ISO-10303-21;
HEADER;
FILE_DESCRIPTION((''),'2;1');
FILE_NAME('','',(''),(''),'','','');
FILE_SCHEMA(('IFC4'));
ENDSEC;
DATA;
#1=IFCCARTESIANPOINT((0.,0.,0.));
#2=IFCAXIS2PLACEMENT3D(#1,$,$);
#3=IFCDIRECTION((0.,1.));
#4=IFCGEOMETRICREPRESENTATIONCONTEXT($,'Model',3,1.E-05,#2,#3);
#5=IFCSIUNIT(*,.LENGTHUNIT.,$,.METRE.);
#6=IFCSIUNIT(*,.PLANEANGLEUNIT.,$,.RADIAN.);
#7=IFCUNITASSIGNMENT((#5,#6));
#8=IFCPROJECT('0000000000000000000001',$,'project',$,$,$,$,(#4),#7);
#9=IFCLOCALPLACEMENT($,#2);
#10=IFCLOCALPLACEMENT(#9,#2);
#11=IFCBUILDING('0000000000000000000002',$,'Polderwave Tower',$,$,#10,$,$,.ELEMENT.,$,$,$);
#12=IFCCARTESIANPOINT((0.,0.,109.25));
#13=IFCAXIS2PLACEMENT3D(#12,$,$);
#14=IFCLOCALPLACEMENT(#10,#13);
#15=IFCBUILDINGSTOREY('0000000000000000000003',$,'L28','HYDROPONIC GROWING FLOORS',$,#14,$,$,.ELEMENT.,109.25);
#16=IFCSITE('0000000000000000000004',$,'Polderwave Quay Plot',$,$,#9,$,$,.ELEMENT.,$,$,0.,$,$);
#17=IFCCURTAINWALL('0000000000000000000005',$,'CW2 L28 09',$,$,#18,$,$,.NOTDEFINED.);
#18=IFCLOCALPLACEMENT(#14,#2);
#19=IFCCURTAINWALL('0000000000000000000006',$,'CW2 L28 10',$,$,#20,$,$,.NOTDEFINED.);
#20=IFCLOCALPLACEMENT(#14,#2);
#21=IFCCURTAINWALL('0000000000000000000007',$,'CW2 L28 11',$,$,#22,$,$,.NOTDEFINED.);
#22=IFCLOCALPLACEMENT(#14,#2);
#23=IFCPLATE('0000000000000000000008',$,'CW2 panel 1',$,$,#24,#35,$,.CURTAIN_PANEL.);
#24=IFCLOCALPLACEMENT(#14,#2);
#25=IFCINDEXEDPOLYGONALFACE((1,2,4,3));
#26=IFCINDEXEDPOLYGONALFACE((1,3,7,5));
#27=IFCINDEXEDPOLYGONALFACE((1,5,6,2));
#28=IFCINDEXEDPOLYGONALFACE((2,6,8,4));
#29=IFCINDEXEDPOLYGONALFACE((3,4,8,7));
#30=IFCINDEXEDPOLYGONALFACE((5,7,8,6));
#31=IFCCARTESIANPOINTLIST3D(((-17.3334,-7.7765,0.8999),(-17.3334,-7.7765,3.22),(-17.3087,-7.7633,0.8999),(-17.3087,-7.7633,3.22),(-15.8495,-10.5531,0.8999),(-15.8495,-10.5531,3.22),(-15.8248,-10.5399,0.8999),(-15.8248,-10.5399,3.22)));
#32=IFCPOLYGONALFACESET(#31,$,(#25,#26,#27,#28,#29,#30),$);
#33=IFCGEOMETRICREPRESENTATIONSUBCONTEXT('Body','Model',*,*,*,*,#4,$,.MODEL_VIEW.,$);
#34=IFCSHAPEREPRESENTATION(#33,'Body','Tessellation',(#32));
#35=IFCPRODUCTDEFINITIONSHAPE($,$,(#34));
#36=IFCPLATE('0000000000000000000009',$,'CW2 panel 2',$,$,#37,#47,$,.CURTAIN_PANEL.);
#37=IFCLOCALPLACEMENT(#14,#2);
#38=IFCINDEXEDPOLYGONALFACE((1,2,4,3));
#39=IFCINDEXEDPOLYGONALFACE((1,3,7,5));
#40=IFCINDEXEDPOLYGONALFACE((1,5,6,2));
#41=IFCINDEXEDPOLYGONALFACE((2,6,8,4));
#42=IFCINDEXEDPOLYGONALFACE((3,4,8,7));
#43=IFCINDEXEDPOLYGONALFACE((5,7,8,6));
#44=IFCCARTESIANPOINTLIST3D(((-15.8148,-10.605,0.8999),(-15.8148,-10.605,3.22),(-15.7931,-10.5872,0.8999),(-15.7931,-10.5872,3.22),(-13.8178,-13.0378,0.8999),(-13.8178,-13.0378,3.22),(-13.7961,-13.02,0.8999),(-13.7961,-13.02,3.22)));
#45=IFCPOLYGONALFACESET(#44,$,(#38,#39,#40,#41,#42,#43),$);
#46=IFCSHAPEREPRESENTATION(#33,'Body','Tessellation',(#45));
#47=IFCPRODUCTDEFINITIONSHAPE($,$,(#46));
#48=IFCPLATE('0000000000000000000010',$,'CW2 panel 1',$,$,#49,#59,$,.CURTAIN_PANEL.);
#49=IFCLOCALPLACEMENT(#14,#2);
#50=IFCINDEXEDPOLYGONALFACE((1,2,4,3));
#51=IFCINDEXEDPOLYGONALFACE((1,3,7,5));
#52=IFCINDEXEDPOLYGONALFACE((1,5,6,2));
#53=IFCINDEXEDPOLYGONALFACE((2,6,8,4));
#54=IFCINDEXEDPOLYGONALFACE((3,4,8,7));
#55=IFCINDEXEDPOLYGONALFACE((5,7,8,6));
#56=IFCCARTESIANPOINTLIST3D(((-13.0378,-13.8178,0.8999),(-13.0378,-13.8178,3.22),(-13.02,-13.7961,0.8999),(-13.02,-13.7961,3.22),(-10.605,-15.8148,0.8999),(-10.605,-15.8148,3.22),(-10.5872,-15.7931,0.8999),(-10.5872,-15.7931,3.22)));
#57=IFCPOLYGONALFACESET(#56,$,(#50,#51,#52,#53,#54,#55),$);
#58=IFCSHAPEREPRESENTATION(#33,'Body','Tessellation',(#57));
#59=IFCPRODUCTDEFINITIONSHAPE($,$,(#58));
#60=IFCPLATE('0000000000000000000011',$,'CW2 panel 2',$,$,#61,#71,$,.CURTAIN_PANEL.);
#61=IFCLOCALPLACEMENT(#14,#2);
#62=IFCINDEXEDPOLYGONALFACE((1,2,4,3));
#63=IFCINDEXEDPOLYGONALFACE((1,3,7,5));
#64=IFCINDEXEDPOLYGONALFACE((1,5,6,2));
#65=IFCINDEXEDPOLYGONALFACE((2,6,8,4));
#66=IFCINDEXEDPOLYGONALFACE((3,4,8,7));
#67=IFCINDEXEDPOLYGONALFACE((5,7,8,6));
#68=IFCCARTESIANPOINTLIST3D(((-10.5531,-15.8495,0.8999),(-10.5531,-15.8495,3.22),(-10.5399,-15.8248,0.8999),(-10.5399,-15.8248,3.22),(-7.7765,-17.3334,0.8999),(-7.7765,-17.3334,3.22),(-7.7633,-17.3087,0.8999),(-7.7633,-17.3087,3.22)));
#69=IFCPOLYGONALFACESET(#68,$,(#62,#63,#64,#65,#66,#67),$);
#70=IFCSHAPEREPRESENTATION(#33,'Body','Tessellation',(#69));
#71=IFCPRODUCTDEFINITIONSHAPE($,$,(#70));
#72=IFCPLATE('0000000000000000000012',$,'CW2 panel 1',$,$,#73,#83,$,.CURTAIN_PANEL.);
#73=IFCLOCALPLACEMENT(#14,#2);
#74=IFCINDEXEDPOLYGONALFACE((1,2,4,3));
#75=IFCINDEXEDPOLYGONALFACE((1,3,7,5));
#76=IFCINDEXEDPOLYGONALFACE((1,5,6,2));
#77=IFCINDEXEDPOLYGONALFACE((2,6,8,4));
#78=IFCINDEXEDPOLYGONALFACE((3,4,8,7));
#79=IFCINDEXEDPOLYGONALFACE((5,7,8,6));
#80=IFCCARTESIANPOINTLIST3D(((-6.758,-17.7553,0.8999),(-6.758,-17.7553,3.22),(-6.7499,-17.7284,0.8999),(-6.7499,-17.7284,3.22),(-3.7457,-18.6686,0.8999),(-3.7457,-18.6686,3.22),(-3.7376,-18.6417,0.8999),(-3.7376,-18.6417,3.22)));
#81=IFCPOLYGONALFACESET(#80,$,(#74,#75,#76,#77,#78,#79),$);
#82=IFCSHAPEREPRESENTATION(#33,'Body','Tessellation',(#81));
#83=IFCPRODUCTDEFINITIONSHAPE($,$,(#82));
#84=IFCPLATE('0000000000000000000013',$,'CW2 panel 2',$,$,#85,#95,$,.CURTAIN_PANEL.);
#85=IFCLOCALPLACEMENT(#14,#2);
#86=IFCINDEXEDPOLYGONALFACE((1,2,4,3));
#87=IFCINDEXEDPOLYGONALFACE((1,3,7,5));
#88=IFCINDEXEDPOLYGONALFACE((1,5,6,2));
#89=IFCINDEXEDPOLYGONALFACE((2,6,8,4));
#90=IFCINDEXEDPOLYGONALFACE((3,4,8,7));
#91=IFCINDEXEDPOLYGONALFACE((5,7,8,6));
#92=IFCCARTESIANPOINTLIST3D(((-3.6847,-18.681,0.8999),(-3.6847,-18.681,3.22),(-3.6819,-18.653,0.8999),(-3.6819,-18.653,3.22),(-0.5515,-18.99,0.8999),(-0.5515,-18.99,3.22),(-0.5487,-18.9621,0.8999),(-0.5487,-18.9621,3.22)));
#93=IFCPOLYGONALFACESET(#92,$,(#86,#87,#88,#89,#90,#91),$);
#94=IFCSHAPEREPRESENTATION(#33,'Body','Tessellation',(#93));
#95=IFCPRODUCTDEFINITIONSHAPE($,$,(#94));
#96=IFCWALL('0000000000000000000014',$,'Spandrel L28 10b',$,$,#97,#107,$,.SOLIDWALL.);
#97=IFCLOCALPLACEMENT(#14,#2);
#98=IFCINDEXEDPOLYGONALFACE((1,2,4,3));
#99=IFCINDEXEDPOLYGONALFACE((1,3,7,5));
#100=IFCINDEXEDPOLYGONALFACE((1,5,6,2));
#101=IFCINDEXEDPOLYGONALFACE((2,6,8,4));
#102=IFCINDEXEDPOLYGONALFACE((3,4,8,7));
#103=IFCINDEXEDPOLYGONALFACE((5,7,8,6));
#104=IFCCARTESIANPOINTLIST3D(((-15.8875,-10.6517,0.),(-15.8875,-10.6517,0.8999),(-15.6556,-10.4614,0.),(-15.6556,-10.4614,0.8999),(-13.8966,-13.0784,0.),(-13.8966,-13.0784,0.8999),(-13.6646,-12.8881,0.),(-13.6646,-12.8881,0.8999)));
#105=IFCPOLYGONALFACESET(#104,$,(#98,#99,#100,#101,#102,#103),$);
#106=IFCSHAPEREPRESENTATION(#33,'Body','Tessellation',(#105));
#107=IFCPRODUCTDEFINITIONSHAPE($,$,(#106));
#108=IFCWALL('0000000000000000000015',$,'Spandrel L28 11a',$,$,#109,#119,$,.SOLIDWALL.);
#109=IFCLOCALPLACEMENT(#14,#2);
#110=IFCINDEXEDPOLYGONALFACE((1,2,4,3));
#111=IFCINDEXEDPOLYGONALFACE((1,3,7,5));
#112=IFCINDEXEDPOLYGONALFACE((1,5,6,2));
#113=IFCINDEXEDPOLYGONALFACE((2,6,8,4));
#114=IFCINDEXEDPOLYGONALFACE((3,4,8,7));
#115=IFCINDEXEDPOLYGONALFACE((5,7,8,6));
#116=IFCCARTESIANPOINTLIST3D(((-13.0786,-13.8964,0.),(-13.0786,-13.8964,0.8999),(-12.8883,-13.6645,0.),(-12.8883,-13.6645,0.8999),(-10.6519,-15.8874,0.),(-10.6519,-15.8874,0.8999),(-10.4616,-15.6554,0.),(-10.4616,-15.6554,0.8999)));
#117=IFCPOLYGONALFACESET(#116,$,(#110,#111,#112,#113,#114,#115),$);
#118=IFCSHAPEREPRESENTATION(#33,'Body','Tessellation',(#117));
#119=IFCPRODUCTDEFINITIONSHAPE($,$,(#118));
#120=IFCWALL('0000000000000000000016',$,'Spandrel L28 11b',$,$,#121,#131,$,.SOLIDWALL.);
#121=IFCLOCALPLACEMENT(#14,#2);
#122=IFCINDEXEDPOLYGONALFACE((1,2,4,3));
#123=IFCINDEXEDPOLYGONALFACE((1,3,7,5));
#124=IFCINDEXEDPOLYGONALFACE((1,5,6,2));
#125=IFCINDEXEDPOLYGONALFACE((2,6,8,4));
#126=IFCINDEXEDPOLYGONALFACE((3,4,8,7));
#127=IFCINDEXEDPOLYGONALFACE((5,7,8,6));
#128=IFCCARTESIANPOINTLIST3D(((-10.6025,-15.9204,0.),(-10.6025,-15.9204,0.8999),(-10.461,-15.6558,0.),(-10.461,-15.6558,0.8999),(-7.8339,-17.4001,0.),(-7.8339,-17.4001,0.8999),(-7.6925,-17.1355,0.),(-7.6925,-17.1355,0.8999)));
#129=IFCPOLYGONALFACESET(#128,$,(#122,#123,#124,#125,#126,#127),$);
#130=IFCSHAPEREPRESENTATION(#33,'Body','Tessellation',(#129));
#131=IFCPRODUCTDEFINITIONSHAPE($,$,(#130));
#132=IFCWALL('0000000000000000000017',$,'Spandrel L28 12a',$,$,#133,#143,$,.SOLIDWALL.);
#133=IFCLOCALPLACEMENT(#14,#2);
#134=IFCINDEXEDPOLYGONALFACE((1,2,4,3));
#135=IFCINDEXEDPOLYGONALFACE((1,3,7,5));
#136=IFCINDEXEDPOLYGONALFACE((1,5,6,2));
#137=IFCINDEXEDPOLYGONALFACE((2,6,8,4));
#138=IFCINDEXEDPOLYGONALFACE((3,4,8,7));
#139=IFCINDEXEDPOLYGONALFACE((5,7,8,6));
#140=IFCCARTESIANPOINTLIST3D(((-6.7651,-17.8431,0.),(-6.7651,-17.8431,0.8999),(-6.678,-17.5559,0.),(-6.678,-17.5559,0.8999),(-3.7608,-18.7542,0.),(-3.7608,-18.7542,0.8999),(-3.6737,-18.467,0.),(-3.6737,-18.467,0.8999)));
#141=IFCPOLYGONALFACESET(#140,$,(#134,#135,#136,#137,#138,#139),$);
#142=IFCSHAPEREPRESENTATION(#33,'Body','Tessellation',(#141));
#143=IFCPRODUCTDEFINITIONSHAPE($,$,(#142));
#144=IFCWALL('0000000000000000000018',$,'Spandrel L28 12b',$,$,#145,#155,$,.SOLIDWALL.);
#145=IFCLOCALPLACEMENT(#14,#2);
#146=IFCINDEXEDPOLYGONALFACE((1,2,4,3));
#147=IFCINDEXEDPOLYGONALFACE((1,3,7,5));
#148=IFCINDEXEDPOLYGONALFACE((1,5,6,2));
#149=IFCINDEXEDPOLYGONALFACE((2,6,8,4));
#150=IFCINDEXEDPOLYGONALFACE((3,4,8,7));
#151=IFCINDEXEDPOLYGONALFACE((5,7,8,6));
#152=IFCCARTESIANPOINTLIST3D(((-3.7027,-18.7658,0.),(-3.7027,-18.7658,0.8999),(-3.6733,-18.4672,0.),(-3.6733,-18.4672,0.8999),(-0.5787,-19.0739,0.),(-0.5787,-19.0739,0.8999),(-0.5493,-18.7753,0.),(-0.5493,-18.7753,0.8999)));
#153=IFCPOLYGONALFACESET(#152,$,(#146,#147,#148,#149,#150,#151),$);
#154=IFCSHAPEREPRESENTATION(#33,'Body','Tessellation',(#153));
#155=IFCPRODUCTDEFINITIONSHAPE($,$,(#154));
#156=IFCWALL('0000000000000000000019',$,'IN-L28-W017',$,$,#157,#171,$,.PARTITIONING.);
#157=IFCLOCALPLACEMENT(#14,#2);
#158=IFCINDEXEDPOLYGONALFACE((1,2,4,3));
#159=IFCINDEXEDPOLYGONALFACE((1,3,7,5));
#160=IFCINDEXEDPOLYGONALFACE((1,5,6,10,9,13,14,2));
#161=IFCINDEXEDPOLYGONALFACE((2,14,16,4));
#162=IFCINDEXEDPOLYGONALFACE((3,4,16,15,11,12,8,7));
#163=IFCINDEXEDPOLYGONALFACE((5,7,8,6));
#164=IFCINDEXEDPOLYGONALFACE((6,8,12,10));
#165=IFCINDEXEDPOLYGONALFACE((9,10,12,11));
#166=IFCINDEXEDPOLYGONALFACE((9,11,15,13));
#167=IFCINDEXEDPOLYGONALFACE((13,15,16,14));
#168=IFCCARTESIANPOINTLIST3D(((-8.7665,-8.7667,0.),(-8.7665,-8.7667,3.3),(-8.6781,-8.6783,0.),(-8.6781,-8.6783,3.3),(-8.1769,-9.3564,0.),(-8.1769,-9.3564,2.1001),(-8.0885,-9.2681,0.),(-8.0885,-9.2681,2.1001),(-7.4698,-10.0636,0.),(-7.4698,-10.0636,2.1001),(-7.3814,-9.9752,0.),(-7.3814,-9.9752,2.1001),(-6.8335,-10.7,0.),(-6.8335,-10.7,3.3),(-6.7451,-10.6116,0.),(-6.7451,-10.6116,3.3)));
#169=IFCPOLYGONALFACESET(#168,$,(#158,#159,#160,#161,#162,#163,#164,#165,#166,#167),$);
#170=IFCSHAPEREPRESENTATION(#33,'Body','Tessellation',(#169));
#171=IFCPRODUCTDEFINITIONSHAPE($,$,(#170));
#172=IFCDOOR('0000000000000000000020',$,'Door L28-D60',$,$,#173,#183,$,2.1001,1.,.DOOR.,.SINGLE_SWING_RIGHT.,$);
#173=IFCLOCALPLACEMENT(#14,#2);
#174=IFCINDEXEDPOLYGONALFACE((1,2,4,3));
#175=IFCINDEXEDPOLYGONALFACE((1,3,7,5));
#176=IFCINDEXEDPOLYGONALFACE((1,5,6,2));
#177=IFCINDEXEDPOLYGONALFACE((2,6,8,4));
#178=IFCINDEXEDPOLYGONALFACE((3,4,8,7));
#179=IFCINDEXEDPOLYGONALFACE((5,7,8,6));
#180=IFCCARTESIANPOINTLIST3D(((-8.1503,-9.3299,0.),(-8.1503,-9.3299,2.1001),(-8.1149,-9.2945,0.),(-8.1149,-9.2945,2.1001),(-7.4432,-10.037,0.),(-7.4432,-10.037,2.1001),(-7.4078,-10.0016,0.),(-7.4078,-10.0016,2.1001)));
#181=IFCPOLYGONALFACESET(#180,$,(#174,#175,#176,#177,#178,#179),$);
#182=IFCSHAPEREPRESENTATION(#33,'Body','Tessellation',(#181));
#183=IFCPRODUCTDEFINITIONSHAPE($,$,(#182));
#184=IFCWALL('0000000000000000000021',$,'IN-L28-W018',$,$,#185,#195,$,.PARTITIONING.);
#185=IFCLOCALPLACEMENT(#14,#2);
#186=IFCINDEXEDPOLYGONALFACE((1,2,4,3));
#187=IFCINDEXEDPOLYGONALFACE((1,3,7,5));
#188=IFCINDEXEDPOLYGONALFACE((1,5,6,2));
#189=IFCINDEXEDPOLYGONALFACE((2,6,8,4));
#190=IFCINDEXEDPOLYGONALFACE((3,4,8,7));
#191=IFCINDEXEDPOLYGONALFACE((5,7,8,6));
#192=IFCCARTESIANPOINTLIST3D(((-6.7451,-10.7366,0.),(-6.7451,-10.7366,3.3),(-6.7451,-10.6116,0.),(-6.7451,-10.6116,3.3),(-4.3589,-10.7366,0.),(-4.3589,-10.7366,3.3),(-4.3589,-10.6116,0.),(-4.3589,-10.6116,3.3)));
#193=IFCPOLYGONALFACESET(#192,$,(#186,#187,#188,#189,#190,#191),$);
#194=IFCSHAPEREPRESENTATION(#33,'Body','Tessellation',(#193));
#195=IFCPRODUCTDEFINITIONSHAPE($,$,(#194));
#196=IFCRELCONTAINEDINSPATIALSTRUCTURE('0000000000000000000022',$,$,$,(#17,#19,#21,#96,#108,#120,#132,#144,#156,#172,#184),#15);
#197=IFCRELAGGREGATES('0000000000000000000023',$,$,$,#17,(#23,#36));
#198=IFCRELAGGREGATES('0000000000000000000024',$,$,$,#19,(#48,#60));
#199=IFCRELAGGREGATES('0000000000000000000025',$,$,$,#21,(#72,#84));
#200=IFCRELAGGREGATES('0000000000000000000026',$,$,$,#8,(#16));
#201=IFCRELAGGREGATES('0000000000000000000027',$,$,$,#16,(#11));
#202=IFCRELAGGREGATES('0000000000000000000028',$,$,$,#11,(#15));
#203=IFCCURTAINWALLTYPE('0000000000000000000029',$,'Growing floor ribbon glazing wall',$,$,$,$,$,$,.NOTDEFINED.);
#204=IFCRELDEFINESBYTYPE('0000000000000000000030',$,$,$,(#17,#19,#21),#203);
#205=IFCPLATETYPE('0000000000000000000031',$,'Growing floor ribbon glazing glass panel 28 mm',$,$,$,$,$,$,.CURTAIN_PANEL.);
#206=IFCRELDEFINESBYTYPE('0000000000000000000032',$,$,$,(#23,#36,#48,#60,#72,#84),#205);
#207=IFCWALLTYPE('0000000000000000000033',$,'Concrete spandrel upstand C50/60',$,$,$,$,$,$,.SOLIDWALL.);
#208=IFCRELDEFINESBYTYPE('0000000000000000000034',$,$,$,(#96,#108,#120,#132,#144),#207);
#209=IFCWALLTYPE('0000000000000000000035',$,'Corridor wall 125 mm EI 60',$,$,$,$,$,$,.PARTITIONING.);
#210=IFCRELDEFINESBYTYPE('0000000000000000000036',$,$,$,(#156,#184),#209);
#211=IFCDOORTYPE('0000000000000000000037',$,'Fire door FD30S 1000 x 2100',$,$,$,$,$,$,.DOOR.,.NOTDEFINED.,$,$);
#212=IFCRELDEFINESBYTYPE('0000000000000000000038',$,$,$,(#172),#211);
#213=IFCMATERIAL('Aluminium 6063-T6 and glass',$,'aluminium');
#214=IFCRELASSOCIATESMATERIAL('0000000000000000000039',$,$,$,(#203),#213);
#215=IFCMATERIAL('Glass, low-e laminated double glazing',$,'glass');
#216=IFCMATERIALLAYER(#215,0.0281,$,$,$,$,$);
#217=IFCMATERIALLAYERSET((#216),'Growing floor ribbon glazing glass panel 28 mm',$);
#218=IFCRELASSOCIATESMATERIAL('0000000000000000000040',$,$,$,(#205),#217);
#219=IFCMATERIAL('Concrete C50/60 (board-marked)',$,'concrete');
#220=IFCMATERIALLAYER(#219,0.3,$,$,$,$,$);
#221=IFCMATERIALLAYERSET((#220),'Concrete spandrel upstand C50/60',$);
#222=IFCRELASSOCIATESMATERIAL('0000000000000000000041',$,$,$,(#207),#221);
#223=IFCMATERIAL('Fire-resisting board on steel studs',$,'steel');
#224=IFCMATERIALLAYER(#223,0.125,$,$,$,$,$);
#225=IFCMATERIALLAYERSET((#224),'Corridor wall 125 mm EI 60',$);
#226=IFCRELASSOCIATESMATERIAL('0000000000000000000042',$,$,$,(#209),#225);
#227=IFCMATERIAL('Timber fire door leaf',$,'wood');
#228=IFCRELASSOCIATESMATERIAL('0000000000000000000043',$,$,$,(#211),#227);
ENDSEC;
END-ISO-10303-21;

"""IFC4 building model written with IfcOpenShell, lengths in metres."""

from ifc_helpers import new_model, si_unit, direction, frame, frame_2d, origin, origin_2d, place, context, subcontext, project, spatial, rectangle, extrude, material, layer, layer_set, type_object, element, fill, aggregate, save


model = new_model("IFC4")

# Units and contexts
model_context = context("Model", 3, precision=1e-05, world=origin(), true_north=direction((0.0, 1.0)))
body_context = subcontext(model_context, "Body", "Model", "MODEL_VIEW")
ifc_project = project(units=[si_unit("LENGTHUNIT", "METRE"), si_unit("PLANEANGLEUNIT", "RADIAN")], contexts=[model_context])

# Site, building, storey
site_placement = place(None, origin())
site = spatial("IfcSite", under=ifc_project, at=site_placement, Name="Polderwave Quay Plot", CompositionType="ELEMENT", RefElevation=0.0)
building_placement = place(site_placement, origin())
building = spatial("IfcBuilding", under=site, at=building_placement, Name="Polderwave Tower", CompositionType="ELEMENT")
storey_placement = place(building_placement, frame((0.0, 0.0, 109.25)))
storey = spatial("IfcBuildingStorey", under=building, at=storey_placement, Name="L28", Description="HYDROPONIC GROWING FLOORS", CompositionType="ELEMENT", Elevation=109.25)

# Curtain walls
ifc_material_1 = material(Name="Aluminium 6063-T6 and glass", Category="aluminium")
curtain_wall_type = type_object("IfcCurtainWallType", Name="Growing floor ribbon glazing wall", PredefinedType="NOTDEFINED", material=ifc_material_1)
curtain_wall_1_placement = place(storey_placement, origin())
curtain_wall_1 = element("IfcCurtainWall", 1, at=curtain_wall_1_placement, inside=storey, type_object=curtain_wall_type, Name="CW2 L28 09", PredefinedType="NOTDEFINED")
curtain_wall_2_placement = place(storey_placement, origin())
curtain_wall_2 = element("IfcCurtainWall", 2, at=curtain_wall_2_placement, inside=storey, type_object=curtain_wall_type, Name="CW2 L28 10", PredefinedType="NOTDEFINED")
curtain_wall_3_placement = place(storey_placement, origin())
curtain_wall_3 = element("IfcCurtainWall", 3, at=curtain_wall_3_placement, inside=storey, type_object=curtain_wall_type, Name="CW2 L28 11", PredefinedType="NOTDEFINED")

# Plates
ifc_material_2 = material(Name="Glass, low-e laminated double glazing", Category="glass")
ifc_layer_1 = layer(ifc_material_2, 0.0281)
ifc_layer_set_1 = layer_set([ifc_layer_1], Name="Growing floor ribbon glazing glass panel 28 mm")
plate_type = type_object("IfcPlateType", Name="Growing floor ribbon glazing glass panel 28 mm", PredefinedType="CURTAIN_PANEL", material=ifc_layer_set_1)
plate_1_placement = place(storey_placement, frame((-16.5791, -9.1582, 0.8999), z_axis=(0.0, 0.0, 1.0), x_axis=(0.47134, -0.881952, 0.0)))
plate_1 = element("IfcPlate", 4, at=plate_1_placement, type_object=plate_type, Name="CW2 panel 1", PredefinedType="CURTAIN_PANEL", context=body_context, shape_type="SweptSolid", body=[
    extrude(rectangle(XDim=3.1482, YDim=0.0281, at=origin_2d()), origin(), (0.0, 0.0, 1.0), 2.3201),
])
plate_2_placement = place(storey_placement, frame((-14.8054, -11.8125, 0.8999), z_axis=(0.0, 0.0, 1.0), x_axis=(0.634472, -0.772946, 0.0)))
plate_2 = element("IfcPlate", 5, at=plate_2_placement, type_object=plate_type, Name="CW2 panel 2", PredefinedType="CURTAIN_PANEL", context=body_context, shape_type="SweptSolid", body=[
    extrude(rectangle(XDim=3.1475, YDim=0.0281, at=origin_2d()), origin(), (0.0, 0.0, 1.0), 2.3201),
])
aggregate(curtain_wall_1, [plate_1, plate_2])
plate_3_placement = place(storey_placement, frame((-11.8125, -14.8054, 0.8999), z_axis=(0.0, 0.0, 1.0), x_axis=(0.772946, -0.634472, 0.0)))
plate_3 = element("IfcPlate", 6, at=plate_3_placement, type_object=plate_type, Name="CW2 panel 1", PredefinedType="CURTAIN_PANEL", context=body_context, shape_type="SweptSolid", body=[
    extrude(rectangle(XDim=3.1475, YDim=0.0281, at=origin_2d()), origin(), (0.0, 0.0, 1.0), 2.3201),
])
plate_4_placement = place(storey_placement, frame((-9.1582, -16.5791, 0.8999), z_axis=(0.0, 0.0, 1.0), x_axis=(0.881952, -0.47134, 0.0)))
plate_4 = element("IfcPlate", 7, at=plate_4_placement, type_object=plate_type, Name="CW2 panel 2", PredefinedType="CURTAIN_PANEL", context=body_context, shape_type="SweptSolid", body=[
    extrude(rectangle(XDim=3.1482, YDim=0.0281, at=origin_2d()), origin(), (0.0, 0.0, 1.0), 2.3201),
])
aggregate(curtain_wall_2, [plate_3, plate_4])
plate_5_placement = place(storey_placement, frame((-5.2478, -18.1985, 0.8999), z_axis=(0.0, 0.0, 1.0), x_axis=(0.956982, -0.290148, 0.0)))
plate_5 = element("IfcPlate", 8, at=plate_5_placement, type_object=plate_type, Name="CW2 panel 1", PredefinedType="CURTAIN_PANEL", context=body_context, shape_type="SweptSolid", body=[
    extrude(rectangle(XDim=3.1477, YDim=0.0281, at=origin_2d()), origin(), (0.0, 0.0, 1.0), 2.3201),
])
plate_6_placement = place(storey_placement, frame((-2.1167, -18.8215, 0.8999), z_axis=(0.0, 0.0, 1.0), x_axis=(0.99517, -0.098165, 0.0)))
plate_6 = element("IfcPlate", 9, at=plate_6_placement, type_object=plate_type, Name="CW2 panel 2", PredefinedType="CURTAIN_PANEL", context=body_context, shape_type="SweptSolid", body=[
    extrude(rectangle(XDim=3.1484, YDim=0.0281, at=origin_2d()), origin(), (0.0, 0.0, 1.0), 2.3201),
])
aggregate(curtain_wall_3, [plate_5, plate_6])

# Walls
ifc_material_3 = material(Name="Concrete C50/60 (board-marked)", Category="concrete")
ifc_layer_2 = layer(ifc_material_3, 0.3)
ifc_layer_set_2 = layer_set([ifc_layer_2], Name="Concrete spandrel upstand C50/60")
wall_type_1 = type_object("IfcWallType", Name="Concrete spandrel upstand C50/60", PredefinedType="SOLIDWALL", material=ifc_layer_set_2)
for number, where, z_axis, x_axis, name in (
    (10, (-15.7715, -10.5566, 0.0), (0.0, 0.0, 1.0), (0.634275, -0.773108, 0.0), "Spandrel L28 10b"),
    (11, (-12.9834, -13.7805, 0.0), (0.0, 0.0, 1.0), (0.773108, -0.634275, 0.0), "Spandrel L28 11a"),
):
    element("IfcWall", number, at=place(storey_placement, frame(where, z_axis=z_axis, x_axis=x_axis)), inside=storey, type_object=wall_type_1, Name=name, PredefinedType="SOLIDWALL", context=body_context, shape_type="SweptSolid", body=[
        extrude(rectangle(XDim=3.1389, YDim=0.3, at=frame_2d((1.5693, 0.0))), origin(), (0.0, 0.0, 1.0), 0.8999),
    ])
wall_1_placement = place(storey_placement, frame((-10.5317, -15.7881, 0.0), z_axis=(0.0, 0.0, 1.0), x_axis=(0.881933, -0.471375, 0.0)))
element("IfcWall", 12, at=wall_1_placement, inside=storey, type_object=wall_type_1, Name="Spandrel L28 11b", PredefinedType="SOLIDWALL", context=body_context, shape_type="SweptSolid", body=[
    extrude(rectangle(XDim=3.1392, YDim=0.3, at=frame_2d((1.5696, 0.0))), origin(), (0.0, 0.0, 1.0), 0.8999),
])
wall_2_placement = place(storey_placement, frame((-6.7217, -17.6995, 0.0), z_axis=(0.0, 0.0, 1.0), x_axis=(0.956962, -0.290215, 0.0)))
element("IfcWall", 13, at=wall_2_placement, inside=storey, type_object=wall_type_1, Name="Spandrel L28 12a", PredefinedType="SOLIDWALL", context=body_context, shape_type="SweptSolid", body=[
    extrude(rectangle(XDim=3.1394, YDim=0.3, at=frame_2d((1.5698, 0.0))), origin(), (0.0, 0.0, 1.0), 0.8999),
])
wall_3_placement = place(storey_placement, frame((-3.688, -18.6165, 0.0), z_axis=(0.0, 0.0, 1.0), x_axis=(0.995172, -0.098148, 0.0)))
element("IfcWall", 14, at=wall_3_placement, inside=storey, type_object=wall_type_1, Name="Spandrel L28 12b", PredefinedType="SOLIDWALL", context=body_context, shape_type="SweptSolid", body=[
    extrude(rectangle(XDim=3.1392, YDim=0.3, at=frame_2d((1.5696, 0.0))), origin(), (0.0, 0.0, 1.0), 0.8999),
])

# Wall, opening, door
ifc_material_4 = material(Name="Fire-resisting board on steel studs", Category="steel")
ifc_layer_3 = layer(ifc_material_4, 0.125)
ifc_layer_set_3 = layer_set([ifc_layer_3], Name="Corridor wall 125 mm EI 60")
wall_type_2 = type_object("IfcWallType", Name="Corridor wall 125 mm EI 60", PredefinedType="PARTITIONING", material=ifc_layer_set_3)
wall_4_placement = place(storey_placement, frame((-6.7893, -10.6558, 0.0), z_axis=(0.0, 0.0, 1.0), x_axis=(-0.707062, 0.707151, 0.0)))
wall_4 = element("IfcWall", 15, at=wall_4_placement, inside=storey, type_object=wall_type_2, Name="IN-L28-W017", PredefinedType="PARTITIONING", context=body_context, shape_type="SweptSolid", body=[
    extrude(rectangle(XDim=2.7339, YDim=0.125, at=frame_2d((1.3669, 0.0))), origin(), (0.0, 0.0, 1.0), 3.3),
])
opening_1_placement = place(wall_4_placement, frame((0.8999, 0.0, 0.0)))
opening_1 = element("IfcOpeningElement", 16, at=opening_1_placement, cuts=wall_4, PredefinedType="OPENING", context=body_context, shape_type="SweptSolid", body=[
    extrude(rectangle(XDim=1.0, YDim=2.1001, at=frame_2d((0.5, 1.05))), frame((0.0, 0.0725, 0.0), z_axis=(0.0, -1.0, 0.0), x_axis=(1.0, 0.0, 0.0)), (0.0, 0.0, 1.0), 0.145),
])
ifc_material_5 = material(Name="Timber fire door leaf", Category="wood")
door_type = type_object("IfcDoorType", Name="Fire door FD30S 1000 x 2100", OperationType="NOTDEFINED", PredefinedType="DOOR", material=ifc_material_5)
door_1_placement = place(opening_1_placement, origin())
door_1 = element("IfcDoor", 17, at=door_1_placement, inside=storey, type_object=door_type, Name="Door L28-D60", OperationType="SINGLE_SWING_RIGHT", OverallHeight=2.1001, OverallWidth=1.0, PredefinedType="DOOR", context=body_context, shape_type="SweptSolid", body=[
    extrude(rectangle(XDim=1.0, YDim=2.1001, at=frame_2d((0.5, 1.05))), frame((0.0, 0.0249, 0.0), z_axis=(0.0, -1.0, 0.0), x_axis=(1.0, 0.0, 0.0)), (0.0, 0.0, 1.0), 0.05),
])
fill(opening_1, door_1)

# Wall
wall_5_placement = place(storey_placement, frame((-4.3589, -10.6741, 0.0), z_axis=(0.0, 0.0, 1.0), x_axis=(-1.0, 0.0, 0.0)))
element("IfcWall", 18, at=wall_5_placement, inside=storey, type_object=wall_type_2, Name="IN-L28-W018", PredefinedType="PARTITIONING", context=body_context, shape_type="SweptSolid", body=[
    extrude(rectangle(XDim=2.3862, YDim=0.125, at=frame_2d((1.1931, 0.0))), origin(), (0.0, 0.0, 1.0), 3.3),
])

save(model, "model.ifc")
